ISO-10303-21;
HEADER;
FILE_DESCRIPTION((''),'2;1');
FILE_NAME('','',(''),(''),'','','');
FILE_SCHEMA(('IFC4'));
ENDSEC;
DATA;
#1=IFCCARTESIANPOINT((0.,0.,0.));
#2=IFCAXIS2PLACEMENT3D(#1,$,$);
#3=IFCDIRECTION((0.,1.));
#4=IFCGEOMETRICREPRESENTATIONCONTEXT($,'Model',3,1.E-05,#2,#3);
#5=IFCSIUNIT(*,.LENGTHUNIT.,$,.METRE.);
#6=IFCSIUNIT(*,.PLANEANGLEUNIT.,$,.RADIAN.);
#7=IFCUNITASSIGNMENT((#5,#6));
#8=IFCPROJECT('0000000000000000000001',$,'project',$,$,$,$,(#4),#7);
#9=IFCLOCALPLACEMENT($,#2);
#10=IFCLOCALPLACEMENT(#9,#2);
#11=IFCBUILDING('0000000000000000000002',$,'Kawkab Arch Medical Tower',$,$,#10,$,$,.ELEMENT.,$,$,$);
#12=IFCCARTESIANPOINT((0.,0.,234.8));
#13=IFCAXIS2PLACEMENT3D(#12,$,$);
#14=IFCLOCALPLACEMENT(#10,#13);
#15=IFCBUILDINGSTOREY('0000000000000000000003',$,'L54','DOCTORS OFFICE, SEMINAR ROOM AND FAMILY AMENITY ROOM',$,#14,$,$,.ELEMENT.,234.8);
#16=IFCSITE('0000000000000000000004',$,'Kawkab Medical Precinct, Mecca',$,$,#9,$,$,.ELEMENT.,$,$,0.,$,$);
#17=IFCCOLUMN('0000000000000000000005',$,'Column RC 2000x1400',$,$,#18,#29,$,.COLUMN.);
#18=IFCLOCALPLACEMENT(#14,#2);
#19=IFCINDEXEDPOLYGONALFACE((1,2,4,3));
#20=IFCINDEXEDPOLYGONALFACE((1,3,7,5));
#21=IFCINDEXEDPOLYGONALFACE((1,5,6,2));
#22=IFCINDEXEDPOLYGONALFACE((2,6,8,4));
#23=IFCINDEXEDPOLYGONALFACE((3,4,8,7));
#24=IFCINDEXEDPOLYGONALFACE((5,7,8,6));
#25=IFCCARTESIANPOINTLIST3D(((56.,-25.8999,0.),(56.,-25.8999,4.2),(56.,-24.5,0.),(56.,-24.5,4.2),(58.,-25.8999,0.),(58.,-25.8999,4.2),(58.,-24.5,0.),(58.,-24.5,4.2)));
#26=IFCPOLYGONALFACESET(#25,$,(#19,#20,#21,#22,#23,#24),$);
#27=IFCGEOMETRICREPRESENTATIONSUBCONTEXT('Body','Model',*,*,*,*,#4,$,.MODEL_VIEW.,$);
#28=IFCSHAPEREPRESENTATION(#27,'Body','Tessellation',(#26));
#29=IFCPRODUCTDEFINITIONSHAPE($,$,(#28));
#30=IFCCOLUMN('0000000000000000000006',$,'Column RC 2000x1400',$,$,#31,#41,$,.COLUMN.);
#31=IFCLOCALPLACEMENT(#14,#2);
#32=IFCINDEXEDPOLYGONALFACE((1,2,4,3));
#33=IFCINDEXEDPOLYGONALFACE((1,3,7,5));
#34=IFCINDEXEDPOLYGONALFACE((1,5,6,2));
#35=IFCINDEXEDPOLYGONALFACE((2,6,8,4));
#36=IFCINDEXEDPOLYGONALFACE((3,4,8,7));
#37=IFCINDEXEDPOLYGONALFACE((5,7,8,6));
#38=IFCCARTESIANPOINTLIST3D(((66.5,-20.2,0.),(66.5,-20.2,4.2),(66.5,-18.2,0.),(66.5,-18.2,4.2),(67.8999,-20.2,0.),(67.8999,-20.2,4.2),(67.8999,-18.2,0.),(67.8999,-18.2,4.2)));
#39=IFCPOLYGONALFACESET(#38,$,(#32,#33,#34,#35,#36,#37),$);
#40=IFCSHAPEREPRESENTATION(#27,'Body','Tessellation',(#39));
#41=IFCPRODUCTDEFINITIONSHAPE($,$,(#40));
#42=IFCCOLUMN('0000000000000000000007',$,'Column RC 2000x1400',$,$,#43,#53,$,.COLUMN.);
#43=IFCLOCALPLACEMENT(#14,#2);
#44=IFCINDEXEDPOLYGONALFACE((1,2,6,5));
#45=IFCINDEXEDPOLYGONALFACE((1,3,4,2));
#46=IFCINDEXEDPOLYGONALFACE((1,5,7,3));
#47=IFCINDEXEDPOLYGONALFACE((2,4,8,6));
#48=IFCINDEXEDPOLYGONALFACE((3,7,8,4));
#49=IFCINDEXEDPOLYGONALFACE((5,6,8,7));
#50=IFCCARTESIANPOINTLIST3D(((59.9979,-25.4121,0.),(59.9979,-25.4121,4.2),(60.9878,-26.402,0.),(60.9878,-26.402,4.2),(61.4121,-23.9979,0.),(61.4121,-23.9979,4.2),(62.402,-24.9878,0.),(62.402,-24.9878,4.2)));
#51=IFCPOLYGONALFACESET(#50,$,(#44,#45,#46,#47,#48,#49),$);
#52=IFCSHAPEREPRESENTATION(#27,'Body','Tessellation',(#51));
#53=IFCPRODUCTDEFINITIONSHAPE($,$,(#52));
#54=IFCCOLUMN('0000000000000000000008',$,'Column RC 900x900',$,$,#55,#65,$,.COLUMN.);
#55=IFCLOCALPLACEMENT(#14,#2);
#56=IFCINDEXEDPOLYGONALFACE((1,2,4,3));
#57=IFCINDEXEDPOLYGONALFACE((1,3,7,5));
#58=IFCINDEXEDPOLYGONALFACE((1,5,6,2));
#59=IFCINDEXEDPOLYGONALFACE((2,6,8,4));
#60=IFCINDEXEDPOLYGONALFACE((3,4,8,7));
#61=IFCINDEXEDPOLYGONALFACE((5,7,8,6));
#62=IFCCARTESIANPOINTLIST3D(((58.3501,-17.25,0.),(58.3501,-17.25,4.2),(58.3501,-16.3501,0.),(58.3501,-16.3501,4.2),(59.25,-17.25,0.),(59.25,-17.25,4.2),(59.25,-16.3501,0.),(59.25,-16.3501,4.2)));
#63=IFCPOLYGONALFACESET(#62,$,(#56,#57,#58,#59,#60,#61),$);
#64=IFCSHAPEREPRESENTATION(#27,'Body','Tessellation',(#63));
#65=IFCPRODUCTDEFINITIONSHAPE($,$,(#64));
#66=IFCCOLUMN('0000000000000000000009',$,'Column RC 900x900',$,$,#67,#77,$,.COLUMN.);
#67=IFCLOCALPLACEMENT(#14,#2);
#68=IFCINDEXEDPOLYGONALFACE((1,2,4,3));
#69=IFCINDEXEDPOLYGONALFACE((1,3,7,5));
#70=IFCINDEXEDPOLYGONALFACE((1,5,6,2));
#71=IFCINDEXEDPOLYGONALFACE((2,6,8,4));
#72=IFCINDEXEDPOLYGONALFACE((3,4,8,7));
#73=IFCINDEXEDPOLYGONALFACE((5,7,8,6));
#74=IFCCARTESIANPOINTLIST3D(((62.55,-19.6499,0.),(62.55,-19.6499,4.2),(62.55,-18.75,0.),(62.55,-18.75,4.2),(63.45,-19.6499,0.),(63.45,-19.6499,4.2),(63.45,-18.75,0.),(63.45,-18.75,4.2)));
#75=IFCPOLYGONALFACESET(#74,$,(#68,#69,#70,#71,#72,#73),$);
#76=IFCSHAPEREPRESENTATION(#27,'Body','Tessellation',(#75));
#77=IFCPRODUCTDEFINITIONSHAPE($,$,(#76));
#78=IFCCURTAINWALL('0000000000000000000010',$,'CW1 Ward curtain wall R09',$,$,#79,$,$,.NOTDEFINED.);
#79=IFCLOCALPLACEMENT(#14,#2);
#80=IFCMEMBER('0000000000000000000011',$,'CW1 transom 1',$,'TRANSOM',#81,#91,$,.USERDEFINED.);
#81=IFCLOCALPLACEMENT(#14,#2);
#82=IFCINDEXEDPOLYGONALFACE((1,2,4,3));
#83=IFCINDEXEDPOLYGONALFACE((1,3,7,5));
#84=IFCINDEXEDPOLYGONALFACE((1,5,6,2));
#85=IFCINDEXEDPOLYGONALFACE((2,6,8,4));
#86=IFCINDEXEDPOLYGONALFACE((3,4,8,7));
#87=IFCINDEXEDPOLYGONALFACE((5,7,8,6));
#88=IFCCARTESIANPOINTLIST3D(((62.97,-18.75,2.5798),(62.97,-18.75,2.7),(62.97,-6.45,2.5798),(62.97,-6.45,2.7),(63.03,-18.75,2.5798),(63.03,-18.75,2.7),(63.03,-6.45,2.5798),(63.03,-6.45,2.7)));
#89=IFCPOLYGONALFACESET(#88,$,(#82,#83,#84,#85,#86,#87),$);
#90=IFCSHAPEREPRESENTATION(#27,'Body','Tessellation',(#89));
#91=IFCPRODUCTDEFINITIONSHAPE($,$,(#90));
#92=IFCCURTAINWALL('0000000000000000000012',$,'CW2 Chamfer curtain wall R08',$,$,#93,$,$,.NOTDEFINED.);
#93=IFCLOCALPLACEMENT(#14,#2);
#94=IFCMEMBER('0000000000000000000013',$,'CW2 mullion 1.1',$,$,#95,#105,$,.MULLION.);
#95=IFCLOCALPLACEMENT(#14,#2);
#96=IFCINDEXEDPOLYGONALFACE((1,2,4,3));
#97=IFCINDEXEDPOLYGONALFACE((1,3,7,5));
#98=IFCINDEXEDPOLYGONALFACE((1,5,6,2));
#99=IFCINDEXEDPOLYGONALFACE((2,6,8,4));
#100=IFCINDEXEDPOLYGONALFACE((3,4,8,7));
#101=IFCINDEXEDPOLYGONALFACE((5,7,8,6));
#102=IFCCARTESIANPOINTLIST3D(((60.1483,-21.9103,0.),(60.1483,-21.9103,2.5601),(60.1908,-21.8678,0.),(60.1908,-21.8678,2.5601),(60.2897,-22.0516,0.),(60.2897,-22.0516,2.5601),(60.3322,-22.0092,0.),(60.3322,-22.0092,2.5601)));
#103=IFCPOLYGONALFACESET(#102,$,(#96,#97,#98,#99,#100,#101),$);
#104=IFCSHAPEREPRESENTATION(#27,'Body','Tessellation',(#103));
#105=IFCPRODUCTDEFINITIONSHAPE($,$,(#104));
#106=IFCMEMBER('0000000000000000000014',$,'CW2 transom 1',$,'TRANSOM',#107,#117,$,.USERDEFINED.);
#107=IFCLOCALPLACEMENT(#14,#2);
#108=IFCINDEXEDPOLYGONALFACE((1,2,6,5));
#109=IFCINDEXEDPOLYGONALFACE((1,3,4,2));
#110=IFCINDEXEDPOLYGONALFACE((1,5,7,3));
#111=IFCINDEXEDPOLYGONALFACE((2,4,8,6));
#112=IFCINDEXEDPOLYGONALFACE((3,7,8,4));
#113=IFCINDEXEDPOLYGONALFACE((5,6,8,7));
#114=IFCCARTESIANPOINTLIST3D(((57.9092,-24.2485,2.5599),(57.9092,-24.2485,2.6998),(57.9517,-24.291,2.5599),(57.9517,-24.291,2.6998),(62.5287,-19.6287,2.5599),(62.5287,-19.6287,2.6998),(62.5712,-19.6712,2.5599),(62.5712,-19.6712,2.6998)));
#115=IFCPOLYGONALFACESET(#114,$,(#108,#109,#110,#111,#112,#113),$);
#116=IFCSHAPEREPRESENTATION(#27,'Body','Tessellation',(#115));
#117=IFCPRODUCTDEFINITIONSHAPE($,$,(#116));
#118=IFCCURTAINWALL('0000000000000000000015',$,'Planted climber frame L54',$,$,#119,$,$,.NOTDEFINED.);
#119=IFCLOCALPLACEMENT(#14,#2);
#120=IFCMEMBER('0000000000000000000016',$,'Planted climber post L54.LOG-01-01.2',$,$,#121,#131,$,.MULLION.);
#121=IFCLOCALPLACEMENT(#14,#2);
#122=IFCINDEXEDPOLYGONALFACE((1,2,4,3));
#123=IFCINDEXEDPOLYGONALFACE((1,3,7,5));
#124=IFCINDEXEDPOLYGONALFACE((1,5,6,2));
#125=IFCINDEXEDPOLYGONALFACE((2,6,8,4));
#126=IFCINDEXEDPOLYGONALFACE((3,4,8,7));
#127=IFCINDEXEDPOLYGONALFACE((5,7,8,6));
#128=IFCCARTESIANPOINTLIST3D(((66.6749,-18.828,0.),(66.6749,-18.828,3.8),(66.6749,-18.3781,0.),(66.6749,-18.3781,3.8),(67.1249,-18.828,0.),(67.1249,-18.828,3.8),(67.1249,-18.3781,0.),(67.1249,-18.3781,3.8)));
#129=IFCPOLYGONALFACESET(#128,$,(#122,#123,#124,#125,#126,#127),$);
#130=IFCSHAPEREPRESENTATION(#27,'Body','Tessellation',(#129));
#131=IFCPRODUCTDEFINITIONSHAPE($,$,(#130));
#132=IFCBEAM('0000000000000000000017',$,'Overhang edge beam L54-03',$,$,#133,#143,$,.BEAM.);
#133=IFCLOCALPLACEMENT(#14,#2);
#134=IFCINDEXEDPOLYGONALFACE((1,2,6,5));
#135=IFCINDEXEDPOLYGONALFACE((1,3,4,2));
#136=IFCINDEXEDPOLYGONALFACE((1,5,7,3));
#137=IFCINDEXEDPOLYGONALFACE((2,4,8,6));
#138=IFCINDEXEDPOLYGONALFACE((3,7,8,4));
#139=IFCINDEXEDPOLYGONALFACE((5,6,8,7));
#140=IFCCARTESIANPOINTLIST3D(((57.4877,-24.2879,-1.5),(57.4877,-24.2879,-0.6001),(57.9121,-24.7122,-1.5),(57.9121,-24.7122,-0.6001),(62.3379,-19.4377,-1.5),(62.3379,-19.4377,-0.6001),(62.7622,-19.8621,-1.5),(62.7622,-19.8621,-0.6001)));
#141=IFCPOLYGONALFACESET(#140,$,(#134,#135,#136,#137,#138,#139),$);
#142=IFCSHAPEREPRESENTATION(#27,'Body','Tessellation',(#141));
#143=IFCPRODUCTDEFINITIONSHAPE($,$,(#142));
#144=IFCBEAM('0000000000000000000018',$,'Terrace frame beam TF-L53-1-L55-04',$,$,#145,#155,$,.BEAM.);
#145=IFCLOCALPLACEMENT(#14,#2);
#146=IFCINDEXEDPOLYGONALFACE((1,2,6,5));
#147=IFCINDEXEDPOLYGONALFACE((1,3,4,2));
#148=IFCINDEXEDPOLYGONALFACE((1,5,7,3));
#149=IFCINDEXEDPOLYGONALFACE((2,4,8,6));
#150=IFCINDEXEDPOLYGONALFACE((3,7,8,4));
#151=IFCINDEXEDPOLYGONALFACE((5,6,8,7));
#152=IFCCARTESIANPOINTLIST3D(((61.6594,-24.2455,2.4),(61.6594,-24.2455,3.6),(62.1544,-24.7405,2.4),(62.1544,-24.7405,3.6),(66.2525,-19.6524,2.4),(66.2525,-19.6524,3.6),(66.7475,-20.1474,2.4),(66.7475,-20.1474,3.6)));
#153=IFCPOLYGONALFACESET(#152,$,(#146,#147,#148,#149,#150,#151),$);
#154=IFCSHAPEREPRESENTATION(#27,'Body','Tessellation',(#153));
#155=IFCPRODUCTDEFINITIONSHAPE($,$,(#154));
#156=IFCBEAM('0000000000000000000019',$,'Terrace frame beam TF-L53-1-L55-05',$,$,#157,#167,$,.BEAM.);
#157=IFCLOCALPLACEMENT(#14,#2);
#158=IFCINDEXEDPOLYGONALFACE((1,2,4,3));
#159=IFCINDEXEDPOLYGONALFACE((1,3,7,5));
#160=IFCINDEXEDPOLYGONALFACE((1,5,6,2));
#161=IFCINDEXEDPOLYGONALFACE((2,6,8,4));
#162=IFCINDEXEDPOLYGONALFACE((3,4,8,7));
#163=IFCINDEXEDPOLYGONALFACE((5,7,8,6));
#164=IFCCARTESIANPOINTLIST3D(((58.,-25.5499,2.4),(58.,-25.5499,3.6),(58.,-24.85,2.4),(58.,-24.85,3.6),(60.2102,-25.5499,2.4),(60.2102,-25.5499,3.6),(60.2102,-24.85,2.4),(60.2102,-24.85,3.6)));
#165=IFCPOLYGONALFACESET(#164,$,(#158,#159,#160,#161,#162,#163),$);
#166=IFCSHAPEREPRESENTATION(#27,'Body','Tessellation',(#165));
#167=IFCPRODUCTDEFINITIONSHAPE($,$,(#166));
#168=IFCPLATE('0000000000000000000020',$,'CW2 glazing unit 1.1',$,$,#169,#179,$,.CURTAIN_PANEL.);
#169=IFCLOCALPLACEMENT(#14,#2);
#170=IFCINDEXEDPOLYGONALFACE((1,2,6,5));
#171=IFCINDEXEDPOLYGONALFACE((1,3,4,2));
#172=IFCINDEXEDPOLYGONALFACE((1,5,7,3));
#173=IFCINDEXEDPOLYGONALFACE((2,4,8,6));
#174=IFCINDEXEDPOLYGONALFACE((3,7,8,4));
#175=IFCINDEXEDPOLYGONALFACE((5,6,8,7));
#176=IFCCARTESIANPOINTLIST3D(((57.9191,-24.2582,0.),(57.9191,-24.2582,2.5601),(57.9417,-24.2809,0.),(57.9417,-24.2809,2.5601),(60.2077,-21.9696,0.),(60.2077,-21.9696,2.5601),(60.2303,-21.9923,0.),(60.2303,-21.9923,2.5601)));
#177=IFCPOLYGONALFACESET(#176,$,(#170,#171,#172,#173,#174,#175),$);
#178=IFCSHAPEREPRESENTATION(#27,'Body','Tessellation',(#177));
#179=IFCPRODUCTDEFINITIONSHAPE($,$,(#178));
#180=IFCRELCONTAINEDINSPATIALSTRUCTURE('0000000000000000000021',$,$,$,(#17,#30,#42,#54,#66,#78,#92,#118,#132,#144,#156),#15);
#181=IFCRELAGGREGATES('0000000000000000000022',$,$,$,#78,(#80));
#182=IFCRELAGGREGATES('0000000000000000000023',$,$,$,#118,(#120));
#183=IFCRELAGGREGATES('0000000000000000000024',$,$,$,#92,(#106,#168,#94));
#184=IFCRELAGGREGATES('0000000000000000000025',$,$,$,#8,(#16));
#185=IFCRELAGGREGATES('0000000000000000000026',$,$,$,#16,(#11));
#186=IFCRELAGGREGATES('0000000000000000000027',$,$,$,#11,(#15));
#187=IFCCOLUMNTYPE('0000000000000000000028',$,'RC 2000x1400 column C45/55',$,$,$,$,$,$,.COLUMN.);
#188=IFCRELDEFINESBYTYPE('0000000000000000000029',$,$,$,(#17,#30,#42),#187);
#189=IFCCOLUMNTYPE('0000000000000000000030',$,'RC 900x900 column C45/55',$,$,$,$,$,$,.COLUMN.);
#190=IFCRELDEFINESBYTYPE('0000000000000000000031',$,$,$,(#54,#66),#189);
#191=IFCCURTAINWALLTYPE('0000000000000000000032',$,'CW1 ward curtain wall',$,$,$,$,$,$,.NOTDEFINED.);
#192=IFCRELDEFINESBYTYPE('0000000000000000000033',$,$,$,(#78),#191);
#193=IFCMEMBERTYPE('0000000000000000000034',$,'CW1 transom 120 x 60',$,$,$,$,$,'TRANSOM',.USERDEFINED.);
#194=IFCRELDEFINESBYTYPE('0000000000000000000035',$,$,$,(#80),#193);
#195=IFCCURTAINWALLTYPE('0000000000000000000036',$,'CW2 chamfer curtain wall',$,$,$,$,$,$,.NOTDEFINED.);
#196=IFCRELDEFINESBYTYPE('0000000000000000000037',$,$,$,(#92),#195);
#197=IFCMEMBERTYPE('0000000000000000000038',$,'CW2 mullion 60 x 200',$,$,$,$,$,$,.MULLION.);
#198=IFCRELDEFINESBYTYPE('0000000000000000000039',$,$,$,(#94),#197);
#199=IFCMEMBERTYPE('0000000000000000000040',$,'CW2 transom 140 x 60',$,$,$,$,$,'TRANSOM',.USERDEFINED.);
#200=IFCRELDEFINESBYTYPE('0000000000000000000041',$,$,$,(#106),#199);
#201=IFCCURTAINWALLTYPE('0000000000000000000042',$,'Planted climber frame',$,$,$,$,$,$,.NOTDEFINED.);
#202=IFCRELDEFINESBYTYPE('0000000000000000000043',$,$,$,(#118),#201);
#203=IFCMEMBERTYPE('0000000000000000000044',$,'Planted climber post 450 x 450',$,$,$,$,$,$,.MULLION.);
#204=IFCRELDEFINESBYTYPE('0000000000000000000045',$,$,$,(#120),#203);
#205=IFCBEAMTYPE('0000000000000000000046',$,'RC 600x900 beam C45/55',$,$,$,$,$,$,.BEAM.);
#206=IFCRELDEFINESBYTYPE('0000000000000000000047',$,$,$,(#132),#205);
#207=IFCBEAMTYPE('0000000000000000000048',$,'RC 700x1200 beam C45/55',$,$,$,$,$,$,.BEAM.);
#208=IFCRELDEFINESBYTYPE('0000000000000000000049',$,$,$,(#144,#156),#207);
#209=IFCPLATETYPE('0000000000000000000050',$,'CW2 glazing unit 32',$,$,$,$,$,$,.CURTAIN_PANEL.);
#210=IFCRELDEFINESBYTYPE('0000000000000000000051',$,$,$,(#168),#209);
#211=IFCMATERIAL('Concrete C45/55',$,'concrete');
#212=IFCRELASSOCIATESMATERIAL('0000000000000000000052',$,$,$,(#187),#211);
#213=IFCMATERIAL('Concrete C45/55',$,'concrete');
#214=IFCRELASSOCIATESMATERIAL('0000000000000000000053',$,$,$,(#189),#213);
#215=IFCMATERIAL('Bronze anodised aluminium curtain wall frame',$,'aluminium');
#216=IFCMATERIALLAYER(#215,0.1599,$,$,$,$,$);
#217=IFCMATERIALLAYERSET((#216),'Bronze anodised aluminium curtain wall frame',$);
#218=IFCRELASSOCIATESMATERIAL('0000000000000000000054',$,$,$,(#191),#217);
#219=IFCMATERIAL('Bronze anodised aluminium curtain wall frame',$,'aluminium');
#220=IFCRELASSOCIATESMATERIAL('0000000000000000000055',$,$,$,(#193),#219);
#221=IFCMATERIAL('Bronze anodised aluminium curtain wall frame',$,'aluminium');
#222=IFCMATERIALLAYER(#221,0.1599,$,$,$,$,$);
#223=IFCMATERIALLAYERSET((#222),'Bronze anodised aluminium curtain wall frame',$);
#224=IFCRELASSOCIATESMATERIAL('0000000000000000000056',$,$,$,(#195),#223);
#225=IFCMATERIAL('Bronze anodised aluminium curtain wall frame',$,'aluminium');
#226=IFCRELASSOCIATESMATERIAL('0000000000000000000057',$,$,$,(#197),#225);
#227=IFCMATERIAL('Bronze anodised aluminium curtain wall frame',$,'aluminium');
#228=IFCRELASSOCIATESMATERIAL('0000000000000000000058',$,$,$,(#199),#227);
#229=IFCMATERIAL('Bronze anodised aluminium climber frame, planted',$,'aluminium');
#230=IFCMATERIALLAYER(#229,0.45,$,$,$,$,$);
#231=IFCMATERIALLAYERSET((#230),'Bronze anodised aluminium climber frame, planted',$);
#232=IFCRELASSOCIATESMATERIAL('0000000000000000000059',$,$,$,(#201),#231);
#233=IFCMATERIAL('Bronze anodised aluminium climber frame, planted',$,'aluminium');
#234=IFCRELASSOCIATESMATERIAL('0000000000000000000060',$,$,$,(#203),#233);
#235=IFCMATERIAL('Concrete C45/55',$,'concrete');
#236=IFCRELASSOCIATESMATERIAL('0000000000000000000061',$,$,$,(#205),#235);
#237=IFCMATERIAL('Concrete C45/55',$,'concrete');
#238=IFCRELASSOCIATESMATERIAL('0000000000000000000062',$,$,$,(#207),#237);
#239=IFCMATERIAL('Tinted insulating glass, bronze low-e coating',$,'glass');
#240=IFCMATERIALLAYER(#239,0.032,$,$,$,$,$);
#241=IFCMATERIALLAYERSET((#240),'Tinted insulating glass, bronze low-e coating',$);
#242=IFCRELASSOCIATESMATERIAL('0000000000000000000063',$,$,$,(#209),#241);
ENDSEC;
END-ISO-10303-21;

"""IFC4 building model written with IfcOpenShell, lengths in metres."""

from ifc_helpers import new_model, si_unit, direction, frame, origin, origin_2d, place, context, subcontext, project, spatial, rectangle, extrude, material, layer, layer_set, material_profile, profile_set, type_object, element, aggregate, save


model = new_model("IFC4")

# Units and contexts
model_context = context("Model", 3, precision=1e-05, world=origin(), true_north=direction((0.0, 1.0)))
body_context = subcontext(model_context, "Body", "Model", "MODEL_VIEW")
ifc_project = project(units=[si_unit("LENGTHUNIT", "METRE"), si_unit("PLANEANGLEUNIT", "RADIAN")], contexts=[model_context])

# Site, building, storey
site_placement = place(None, origin())
site = spatial("IfcSite", under=ifc_project, at=site_placement, Name="Kawkab Medical Precinct, Mecca", CompositionType="ELEMENT", RefElevation=0.0)
building_placement = place(site_placement, origin())
building = spatial("IfcBuilding", under=site, at=building_placement, Name="Kawkab Arch Medical Tower", CompositionType="ELEMENT")
storey_placement = place(building_placement, frame((0.0, 0.0, 234.8)))
storey = spatial("IfcBuildingStorey", under=building, at=storey_placement, Name="L54", Description="DOCTORS OFFICE, SEMINAR ROOM AND FAMILY AMENITY ROOM", CompositionType="ELEMENT", Elevation=234.8)

# Columns
ifc_material_1 = material(Name="Concrete C45/55", Category="concrete")
ifc_material_profile_1 = material_profile(ifc_material_1, rectangle(XDim=2.0, YDim=1.3999, at=origin_2d()), Name="RC 2000x1400")
ifc_profile_set_1 = profile_set([ifc_material_profile_1], Name="Concrete C45/55")
column_type_1 = type_object("IfcColumnType", Name="RC 2000x1400 column C45/55", PredefinedType="COLUMN", material=ifc_profile_set_1)
for number, where, z_axis, x_axis, name in (
    (1, (57.0, -25.2, 0.0), (0.0, 0.0, 1.0), (-1.0, 0.0, 0.0), "Column RC 2000x1400"),
    (2, (67.2, -19.2, 0.0), (0.0, 0.0, 1.0), (0.0, -1.0, 0.0), "Column RC 2000x1400"),
    (3, (61.2, -25.2, 0.0), (0.0, 0.0, 1.0), (-0.707107, -0.707107, 0.0), "Column RC 2000x1400"),
):
    element("IfcColumn", number, at=place(storey_placement, frame(where, z_axis=z_axis, x_axis=x_axis)), inside=storey, type_object=column_type_1, Name=name, PredefinedType="COLUMN", context=body_context, shape_type="SweptSolid", body=[
        extrude(rectangle(XDim=2.0, YDim=1.3999, at=origin_2d()), origin(), (0.0, 0.0, 1.0), 4.2),
    ])
ifc_material_2 = material(Name="Concrete C45/55", Category="concrete")
ifc_material_profile_2 = material_profile(ifc_material_2, rectangle(XDim=0.8999, YDim=0.8999, at=origin_2d()), Name="RC 900x900")
ifc_profile_set_2 = profile_set([ifc_material_profile_2], Name="Concrete C45/55")
column_type_2 = type_object("IfcColumnType", Name="RC 900x900 column C45/55", PredefinedType="COLUMN", material=ifc_profile_set_2)
for number, where, z_axis, x_axis, name in (
    (4, (58.8, -16.8, 0.0), (0.0, 0.0, 1.0), (1.0, 0.0, 0.0), "Column RC 900x900"),
    (5, (63.0, -19.2, 0.0), (0.0, 0.0, 1.0), (1.0, 0.0, 0.0), "Column RC 900x900"),
):
    element("IfcColumn", number, at=place(storey_placement, frame(where, z_axis=z_axis, x_axis=x_axis)), inside=storey, type_object=column_type_2, Name=name, PredefinedType="COLUMN", context=body_context, shape_type="SweptSolid", body=[
        extrude(rectangle(XDim=0.8999, YDim=0.8999, at=origin_2d()), origin(), (0.0, 0.0, 1.0), 4.2),
    ])

# Curtain wall, member
ifc_material_3 = material(Name="Bronze anodised aluminium curtain wall frame", Category="aluminium")
ifc_layer_1 = layer(ifc_material_3, 0.1599)
ifc_layer_set_1 = layer_set([ifc_layer_1], Name="Bronze anodised aluminium curtain wall frame")
curtain_wall_type_1 = type_object("IfcCurtainWallType", Name="CW1 ward curtain wall", PredefinedType="NOTDEFINED", material=ifc_layer_set_1)
placement = place(storey_placement, origin())
curtain_wall_1 = element("IfcCurtainWall", 6, at=placement, inside=storey, type_object=curtain_wall_type_1, Name="CW1 Ward curtain wall R09", PredefinedType="NOTDEFINED")
ifc_material_4 = material(Name="Bronze anodised aluminium curtain wall frame", Category="aluminium")
ifc_material_profile_3 = material_profile(ifc_material_4, rectangle(XDim=0.0601, YDim=0.1201, at=origin_2d()), Name="AL 60x120")
ifc_profile_set_3 = profile_set([ifc_material_profile_3], Name="Bronze anodised aluminium curtain wall frame")
member_type_1 = type_object("IfcMemberType", Name="CW1 transom 120 x 60", ElementType="TRANSOM", PredefinedType="USERDEFINED", material=ifc_profile_set_3)
member_1_placement = place(storey_placement, frame((63.0, -18.75, 2.6399), z_axis=(0.0, 1.0, 0.0), x_axis=(-1.0, 0.0, 0.0)))
member_1 = element("IfcMember", 7, at=member_1_placement, type_object=member_type_1, Name="CW1 transom 1", ObjectType="TRANSOM", PredefinedType="USERDEFINED", context=body_context, shape_type="SweptSolid", body=[
    extrude(rectangle(XDim=0.0601, YDim=0.1201, at=origin_2d()), origin(), (0.0, 0.0, 1.0), 12.3),
])
aggregate(curtain_wall_1, [member_1])

# Curtain wall, members
ifc_material_5 = material(Name="Bronze anodised aluminium curtain wall frame", Category="aluminium")
ifc_layer_2 = layer(ifc_material_5, 0.1599)
ifc_layer_set_2 = layer_set([ifc_layer_2], Name="Bronze anodised aluminium curtain wall frame")
curtain_wall_type_2 = type_object("IfcCurtainWallType", Name="CW2 chamfer curtain wall", PredefinedType="NOTDEFINED", material=ifc_layer_set_2)
curtain_wall_2 = element("IfcCurtainWall", 8, at=placement, inside=storey, type_object=curtain_wall_type_2, Name="CW2 Chamfer curtain wall R08", PredefinedType="NOTDEFINED")
ifc_material_6 = material(Name="Bronze anodised aluminium curtain wall frame", Category="aluminium")
ifc_material_profile_4 = material_profile(ifc_material_6, rectangle(XDim=0.2, YDim=0.0601, at=origin_2d()), Name="AL 60x200")
ifc_profile_set_4 = profile_set([ifc_material_profile_4], Name="Bronze anodised aluminium curtain wall frame")
member_type_2 = type_object("IfcMemberType", Name="CW2 mullion 60 x 200", PredefinedType="MULLION", material=ifc_profile_set_4)
member_2_placement = place(storey_placement, frame((60.2402, -21.9597, 0.0), z_axis=(0.0, 0.0, 1.0), x_axis=(-0.707107, 0.707107, 0.0)))
member_2 = element("IfcMember", 9, at=member_2_placement, type_object=member_type_2, Name="CW2 mullion 1.1", PredefinedType="MULLION", context=body_context, shape_type="SweptSolid", body=[
    extrude(rectangle(XDim=0.2, YDim=0.0601, at=origin_2d()), origin(), (0.0, 0.0, 1.0), 2.5601),
])
ifc_material_7 = material(Name="Bronze anodised aluminium curtain wall frame", Category="aluminium")
ifc_material_profile_5 = material_profile(ifc_material_7, rectangle(XDim=0.0601, YDim=0.1399, at=origin_2d()), Name="AL 60x140")
ifc_profile_set_5 = profile_set([ifc_material_profile_5], Name="Bronze anodised aluminium curtain wall frame")
member_type_3 = type_object("IfcMemberType", Name="CW2 transom 140 x 60", ElementType="TRANSOM", PredefinedType="USERDEFINED", material=ifc_profile_set_5)
member_3_placement = place(storey_placement, frame((57.9304, -24.2698, 2.6299), z_axis=(0.707088, 0.707125, 0.0), x_axis=(-0.707125, 0.707088, 0.0)))
member_3 = element("IfcMember", 10, at=member_3_placement, type_object=member_type_3, Name="CW2 transom 1", ObjectType="TRANSOM", PredefinedType="USERDEFINED", context=body_context, shape_type="SweptSolid", body=[
    extrude(rectangle(XDim=0.0601, YDim=0.1399, at=origin_2d()), origin(), (0.0, 0.0, 1.0), 6.5332),
])

# Curtain wall, member
ifc_material_8 = material(Name="Bronze anodised aluminium climber frame, planted", Category="aluminium")
ifc_layer_3 = layer(ifc_material_8, 0.45)
ifc_layer_set_3 = layer_set([ifc_layer_3], Name="Bronze anodised aluminium climber frame, planted")
curtain_wall_type_3 = type_object("IfcCurtainWallType", Name="Planted climber frame", PredefinedType="NOTDEFINED", material=ifc_layer_set_3)
curtain_wall_3 = element("IfcCurtainWall", 11, at=placement, inside=storey, type_object=curtain_wall_type_3, Name="Planted climber frame L54", PredefinedType="NOTDEFINED")
ifc_material_9 = material(Name="Bronze anodised aluminium climber frame, planted", Category="aluminium")
ifc_material_profile_6 = material_profile(ifc_material_9, rectangle(XDim=0.45, YDim=0.45, at=origin_2d()), Name="Post 450x450")
ifc_profile_set_6 = profile_set([ifc_material_profile_6], Name="Bronze anodised aluminium climber frame, planted")
member_type_4 = type_object("IfcMemberType", Name="Planted climber post 450 x 450", PredefinedType="MULLION", material=ifc_profile_set_6)
member_4_placement = place(storey_placement, frame((66.8999, -18.603, 0.0), z_axis=(0.0, 0.0, 1.0), x_axis=(1.0, 0.0, 0.0)))
member_4 = element("IfcMember", 12, at=member_4_placement, type_object=member_type_4, Name="Planted climber post L54.LOG-01-01.2", PredefinedType="MULLION", context=body_context, shape_type="SweptSolid", body=[
    extrude(rectangle(XDim=0.45, YDim=0.45, at=origin_2d()), origin(), (0.0, 0.0, 1.0), 3.8),
])
aggregate(curtain_wall_3, [member_4])

# Beams
ifc_material_10 = material(Name="Concrete C45/55", Category="concrete")
ifc_material_profile_7 = material_profile(ifc_material_10, rectangle(XDim=0.6001, YDim=0.8999, at=origin_2d()), Name="RC 600x900")
ifc_profile_set_7 = profile_set([ifc_material_profile_7], Name="Concrete C45/55")
beam_type_1 = type_object("IfcBeamType", Name="RC 600x900 beam C45/55", PredefinedType="BEAM", material=ifc_profile_set_7)
beam_1_placement = place(storey_placement, frame((62.55, -19.6499, -1.05), z_axis=(-0.707107, -0.707107, 0.0), x_axis=(0.707107, -0.707107, 0.0)))
element("IfcBeam", 13, at=beam_1_placement, inside=storey, type_object=beam_type_1, Name="Overhang edge beam L54-03", PredefinedType="BEAM", context=body_context, shape_type="SweptSolid", body=[
    extrude(rectangle(XDim=0.6001, YDim=0.8999, at=origin_2d()), origin(), (0.0, 0.0, 1.0), 6.8591),
])
ifc_material_11 = material(Name="Concrete C45/55", Category="concrete")
ifc_material_profile_8 = material_profile(ifc_material_11, rectangle(XDim=0.7, YDim=1.2, at=origin_2d()), Name="RC 700x1200")
ifc_profile_set_8 = profile_set([ifc_material_profile_8], Name="Concrete C45/55")
beam_type_2 = type_object("IfcBeamType", Name="RC 700x1200 beam C45/55", PredefinedType="BEAM", material=ifc_profile_set_8)
beam_2_placement = place(storey_placement, frame((66.5, -19.8999, 3.0), z_axis=(-0.707107, -0.707107, 0.0), x_axis=(0.707107, -0.707107, 0.0)))
element("IfcBeam", 14, at=beam_2_placement, inside=storey, type_object=beam_type_2, Name="Terrace frame beam TF-L53-1-L55-04", PredefinedType="BEAM", context=body_context, shape_type="SweptSolid", body=[
    extrude(rectangle(XDim=0.7, YDim=1.2, at=origin_2d()), origin(), (0.0, 0.0, 1.0), 6.4956),
])
beam_3_placement = place(storey_placement, frame((60.2102, -25.2, 3.0), z_axis=(-1.0, 0.0, 0.0), x_axis=(0.0, -1.0, 0.0)))
element("IfcBeam", 15, at=beam_3_placement, inside=storey, type_object=beam_type_2, Name="Terrace frame beam TF-L53-1-L55-05", PredefinedType="BEAM", context=body_context, shape_type="SweptSolid", body=[
    extrude(rectangle(XDim=0.7, YDim=1.2, at=origin_2d()), origin(), (0.0, 0.0, 1.0), 2.2102),
])

# Plate
ifc_material_12 = material(Name="Tinted insulating glass, bronze low-e coating", Category="glass")
ifc_layer_4 = layer(ifc_material_12, 0.032)
ifc_layer_set_4 = layer_set([ifc_layer_4], Name="Tinted insulating glass, bronze low-e coating")
plate_type = type_object("IfcPlateType", Name="CW2 glazing unit 32", PredefinedType="CURTAIN_PANEL", material=ifc_layer_set_4)
plate_1_placement = place(storey_placement, frame((59.0747, -23.1252, 0.0), z_axis=(0.0, 0.0, 1.0), x_axis=(0.707107, 0.707107, 0.0)))
plate_1 = element("IfcPlate", 16, at=plate_1_placement, type_object=plate_type, Name="CW2 glazing unit 1.1", PredefinedType="CURTAIN_PANEL", context=body_context, shape_type="SweptSolid", body=[
    extrude(rectangle(XDim=3.2366, YDim=0.032, at=origin_2d()), origin(), (0.0, 0.0, 1.0), 2.5601),
])
aggregate(curtain_wall_2, [member_3, plate_1, member_2])

save(model, "model.ifc")
